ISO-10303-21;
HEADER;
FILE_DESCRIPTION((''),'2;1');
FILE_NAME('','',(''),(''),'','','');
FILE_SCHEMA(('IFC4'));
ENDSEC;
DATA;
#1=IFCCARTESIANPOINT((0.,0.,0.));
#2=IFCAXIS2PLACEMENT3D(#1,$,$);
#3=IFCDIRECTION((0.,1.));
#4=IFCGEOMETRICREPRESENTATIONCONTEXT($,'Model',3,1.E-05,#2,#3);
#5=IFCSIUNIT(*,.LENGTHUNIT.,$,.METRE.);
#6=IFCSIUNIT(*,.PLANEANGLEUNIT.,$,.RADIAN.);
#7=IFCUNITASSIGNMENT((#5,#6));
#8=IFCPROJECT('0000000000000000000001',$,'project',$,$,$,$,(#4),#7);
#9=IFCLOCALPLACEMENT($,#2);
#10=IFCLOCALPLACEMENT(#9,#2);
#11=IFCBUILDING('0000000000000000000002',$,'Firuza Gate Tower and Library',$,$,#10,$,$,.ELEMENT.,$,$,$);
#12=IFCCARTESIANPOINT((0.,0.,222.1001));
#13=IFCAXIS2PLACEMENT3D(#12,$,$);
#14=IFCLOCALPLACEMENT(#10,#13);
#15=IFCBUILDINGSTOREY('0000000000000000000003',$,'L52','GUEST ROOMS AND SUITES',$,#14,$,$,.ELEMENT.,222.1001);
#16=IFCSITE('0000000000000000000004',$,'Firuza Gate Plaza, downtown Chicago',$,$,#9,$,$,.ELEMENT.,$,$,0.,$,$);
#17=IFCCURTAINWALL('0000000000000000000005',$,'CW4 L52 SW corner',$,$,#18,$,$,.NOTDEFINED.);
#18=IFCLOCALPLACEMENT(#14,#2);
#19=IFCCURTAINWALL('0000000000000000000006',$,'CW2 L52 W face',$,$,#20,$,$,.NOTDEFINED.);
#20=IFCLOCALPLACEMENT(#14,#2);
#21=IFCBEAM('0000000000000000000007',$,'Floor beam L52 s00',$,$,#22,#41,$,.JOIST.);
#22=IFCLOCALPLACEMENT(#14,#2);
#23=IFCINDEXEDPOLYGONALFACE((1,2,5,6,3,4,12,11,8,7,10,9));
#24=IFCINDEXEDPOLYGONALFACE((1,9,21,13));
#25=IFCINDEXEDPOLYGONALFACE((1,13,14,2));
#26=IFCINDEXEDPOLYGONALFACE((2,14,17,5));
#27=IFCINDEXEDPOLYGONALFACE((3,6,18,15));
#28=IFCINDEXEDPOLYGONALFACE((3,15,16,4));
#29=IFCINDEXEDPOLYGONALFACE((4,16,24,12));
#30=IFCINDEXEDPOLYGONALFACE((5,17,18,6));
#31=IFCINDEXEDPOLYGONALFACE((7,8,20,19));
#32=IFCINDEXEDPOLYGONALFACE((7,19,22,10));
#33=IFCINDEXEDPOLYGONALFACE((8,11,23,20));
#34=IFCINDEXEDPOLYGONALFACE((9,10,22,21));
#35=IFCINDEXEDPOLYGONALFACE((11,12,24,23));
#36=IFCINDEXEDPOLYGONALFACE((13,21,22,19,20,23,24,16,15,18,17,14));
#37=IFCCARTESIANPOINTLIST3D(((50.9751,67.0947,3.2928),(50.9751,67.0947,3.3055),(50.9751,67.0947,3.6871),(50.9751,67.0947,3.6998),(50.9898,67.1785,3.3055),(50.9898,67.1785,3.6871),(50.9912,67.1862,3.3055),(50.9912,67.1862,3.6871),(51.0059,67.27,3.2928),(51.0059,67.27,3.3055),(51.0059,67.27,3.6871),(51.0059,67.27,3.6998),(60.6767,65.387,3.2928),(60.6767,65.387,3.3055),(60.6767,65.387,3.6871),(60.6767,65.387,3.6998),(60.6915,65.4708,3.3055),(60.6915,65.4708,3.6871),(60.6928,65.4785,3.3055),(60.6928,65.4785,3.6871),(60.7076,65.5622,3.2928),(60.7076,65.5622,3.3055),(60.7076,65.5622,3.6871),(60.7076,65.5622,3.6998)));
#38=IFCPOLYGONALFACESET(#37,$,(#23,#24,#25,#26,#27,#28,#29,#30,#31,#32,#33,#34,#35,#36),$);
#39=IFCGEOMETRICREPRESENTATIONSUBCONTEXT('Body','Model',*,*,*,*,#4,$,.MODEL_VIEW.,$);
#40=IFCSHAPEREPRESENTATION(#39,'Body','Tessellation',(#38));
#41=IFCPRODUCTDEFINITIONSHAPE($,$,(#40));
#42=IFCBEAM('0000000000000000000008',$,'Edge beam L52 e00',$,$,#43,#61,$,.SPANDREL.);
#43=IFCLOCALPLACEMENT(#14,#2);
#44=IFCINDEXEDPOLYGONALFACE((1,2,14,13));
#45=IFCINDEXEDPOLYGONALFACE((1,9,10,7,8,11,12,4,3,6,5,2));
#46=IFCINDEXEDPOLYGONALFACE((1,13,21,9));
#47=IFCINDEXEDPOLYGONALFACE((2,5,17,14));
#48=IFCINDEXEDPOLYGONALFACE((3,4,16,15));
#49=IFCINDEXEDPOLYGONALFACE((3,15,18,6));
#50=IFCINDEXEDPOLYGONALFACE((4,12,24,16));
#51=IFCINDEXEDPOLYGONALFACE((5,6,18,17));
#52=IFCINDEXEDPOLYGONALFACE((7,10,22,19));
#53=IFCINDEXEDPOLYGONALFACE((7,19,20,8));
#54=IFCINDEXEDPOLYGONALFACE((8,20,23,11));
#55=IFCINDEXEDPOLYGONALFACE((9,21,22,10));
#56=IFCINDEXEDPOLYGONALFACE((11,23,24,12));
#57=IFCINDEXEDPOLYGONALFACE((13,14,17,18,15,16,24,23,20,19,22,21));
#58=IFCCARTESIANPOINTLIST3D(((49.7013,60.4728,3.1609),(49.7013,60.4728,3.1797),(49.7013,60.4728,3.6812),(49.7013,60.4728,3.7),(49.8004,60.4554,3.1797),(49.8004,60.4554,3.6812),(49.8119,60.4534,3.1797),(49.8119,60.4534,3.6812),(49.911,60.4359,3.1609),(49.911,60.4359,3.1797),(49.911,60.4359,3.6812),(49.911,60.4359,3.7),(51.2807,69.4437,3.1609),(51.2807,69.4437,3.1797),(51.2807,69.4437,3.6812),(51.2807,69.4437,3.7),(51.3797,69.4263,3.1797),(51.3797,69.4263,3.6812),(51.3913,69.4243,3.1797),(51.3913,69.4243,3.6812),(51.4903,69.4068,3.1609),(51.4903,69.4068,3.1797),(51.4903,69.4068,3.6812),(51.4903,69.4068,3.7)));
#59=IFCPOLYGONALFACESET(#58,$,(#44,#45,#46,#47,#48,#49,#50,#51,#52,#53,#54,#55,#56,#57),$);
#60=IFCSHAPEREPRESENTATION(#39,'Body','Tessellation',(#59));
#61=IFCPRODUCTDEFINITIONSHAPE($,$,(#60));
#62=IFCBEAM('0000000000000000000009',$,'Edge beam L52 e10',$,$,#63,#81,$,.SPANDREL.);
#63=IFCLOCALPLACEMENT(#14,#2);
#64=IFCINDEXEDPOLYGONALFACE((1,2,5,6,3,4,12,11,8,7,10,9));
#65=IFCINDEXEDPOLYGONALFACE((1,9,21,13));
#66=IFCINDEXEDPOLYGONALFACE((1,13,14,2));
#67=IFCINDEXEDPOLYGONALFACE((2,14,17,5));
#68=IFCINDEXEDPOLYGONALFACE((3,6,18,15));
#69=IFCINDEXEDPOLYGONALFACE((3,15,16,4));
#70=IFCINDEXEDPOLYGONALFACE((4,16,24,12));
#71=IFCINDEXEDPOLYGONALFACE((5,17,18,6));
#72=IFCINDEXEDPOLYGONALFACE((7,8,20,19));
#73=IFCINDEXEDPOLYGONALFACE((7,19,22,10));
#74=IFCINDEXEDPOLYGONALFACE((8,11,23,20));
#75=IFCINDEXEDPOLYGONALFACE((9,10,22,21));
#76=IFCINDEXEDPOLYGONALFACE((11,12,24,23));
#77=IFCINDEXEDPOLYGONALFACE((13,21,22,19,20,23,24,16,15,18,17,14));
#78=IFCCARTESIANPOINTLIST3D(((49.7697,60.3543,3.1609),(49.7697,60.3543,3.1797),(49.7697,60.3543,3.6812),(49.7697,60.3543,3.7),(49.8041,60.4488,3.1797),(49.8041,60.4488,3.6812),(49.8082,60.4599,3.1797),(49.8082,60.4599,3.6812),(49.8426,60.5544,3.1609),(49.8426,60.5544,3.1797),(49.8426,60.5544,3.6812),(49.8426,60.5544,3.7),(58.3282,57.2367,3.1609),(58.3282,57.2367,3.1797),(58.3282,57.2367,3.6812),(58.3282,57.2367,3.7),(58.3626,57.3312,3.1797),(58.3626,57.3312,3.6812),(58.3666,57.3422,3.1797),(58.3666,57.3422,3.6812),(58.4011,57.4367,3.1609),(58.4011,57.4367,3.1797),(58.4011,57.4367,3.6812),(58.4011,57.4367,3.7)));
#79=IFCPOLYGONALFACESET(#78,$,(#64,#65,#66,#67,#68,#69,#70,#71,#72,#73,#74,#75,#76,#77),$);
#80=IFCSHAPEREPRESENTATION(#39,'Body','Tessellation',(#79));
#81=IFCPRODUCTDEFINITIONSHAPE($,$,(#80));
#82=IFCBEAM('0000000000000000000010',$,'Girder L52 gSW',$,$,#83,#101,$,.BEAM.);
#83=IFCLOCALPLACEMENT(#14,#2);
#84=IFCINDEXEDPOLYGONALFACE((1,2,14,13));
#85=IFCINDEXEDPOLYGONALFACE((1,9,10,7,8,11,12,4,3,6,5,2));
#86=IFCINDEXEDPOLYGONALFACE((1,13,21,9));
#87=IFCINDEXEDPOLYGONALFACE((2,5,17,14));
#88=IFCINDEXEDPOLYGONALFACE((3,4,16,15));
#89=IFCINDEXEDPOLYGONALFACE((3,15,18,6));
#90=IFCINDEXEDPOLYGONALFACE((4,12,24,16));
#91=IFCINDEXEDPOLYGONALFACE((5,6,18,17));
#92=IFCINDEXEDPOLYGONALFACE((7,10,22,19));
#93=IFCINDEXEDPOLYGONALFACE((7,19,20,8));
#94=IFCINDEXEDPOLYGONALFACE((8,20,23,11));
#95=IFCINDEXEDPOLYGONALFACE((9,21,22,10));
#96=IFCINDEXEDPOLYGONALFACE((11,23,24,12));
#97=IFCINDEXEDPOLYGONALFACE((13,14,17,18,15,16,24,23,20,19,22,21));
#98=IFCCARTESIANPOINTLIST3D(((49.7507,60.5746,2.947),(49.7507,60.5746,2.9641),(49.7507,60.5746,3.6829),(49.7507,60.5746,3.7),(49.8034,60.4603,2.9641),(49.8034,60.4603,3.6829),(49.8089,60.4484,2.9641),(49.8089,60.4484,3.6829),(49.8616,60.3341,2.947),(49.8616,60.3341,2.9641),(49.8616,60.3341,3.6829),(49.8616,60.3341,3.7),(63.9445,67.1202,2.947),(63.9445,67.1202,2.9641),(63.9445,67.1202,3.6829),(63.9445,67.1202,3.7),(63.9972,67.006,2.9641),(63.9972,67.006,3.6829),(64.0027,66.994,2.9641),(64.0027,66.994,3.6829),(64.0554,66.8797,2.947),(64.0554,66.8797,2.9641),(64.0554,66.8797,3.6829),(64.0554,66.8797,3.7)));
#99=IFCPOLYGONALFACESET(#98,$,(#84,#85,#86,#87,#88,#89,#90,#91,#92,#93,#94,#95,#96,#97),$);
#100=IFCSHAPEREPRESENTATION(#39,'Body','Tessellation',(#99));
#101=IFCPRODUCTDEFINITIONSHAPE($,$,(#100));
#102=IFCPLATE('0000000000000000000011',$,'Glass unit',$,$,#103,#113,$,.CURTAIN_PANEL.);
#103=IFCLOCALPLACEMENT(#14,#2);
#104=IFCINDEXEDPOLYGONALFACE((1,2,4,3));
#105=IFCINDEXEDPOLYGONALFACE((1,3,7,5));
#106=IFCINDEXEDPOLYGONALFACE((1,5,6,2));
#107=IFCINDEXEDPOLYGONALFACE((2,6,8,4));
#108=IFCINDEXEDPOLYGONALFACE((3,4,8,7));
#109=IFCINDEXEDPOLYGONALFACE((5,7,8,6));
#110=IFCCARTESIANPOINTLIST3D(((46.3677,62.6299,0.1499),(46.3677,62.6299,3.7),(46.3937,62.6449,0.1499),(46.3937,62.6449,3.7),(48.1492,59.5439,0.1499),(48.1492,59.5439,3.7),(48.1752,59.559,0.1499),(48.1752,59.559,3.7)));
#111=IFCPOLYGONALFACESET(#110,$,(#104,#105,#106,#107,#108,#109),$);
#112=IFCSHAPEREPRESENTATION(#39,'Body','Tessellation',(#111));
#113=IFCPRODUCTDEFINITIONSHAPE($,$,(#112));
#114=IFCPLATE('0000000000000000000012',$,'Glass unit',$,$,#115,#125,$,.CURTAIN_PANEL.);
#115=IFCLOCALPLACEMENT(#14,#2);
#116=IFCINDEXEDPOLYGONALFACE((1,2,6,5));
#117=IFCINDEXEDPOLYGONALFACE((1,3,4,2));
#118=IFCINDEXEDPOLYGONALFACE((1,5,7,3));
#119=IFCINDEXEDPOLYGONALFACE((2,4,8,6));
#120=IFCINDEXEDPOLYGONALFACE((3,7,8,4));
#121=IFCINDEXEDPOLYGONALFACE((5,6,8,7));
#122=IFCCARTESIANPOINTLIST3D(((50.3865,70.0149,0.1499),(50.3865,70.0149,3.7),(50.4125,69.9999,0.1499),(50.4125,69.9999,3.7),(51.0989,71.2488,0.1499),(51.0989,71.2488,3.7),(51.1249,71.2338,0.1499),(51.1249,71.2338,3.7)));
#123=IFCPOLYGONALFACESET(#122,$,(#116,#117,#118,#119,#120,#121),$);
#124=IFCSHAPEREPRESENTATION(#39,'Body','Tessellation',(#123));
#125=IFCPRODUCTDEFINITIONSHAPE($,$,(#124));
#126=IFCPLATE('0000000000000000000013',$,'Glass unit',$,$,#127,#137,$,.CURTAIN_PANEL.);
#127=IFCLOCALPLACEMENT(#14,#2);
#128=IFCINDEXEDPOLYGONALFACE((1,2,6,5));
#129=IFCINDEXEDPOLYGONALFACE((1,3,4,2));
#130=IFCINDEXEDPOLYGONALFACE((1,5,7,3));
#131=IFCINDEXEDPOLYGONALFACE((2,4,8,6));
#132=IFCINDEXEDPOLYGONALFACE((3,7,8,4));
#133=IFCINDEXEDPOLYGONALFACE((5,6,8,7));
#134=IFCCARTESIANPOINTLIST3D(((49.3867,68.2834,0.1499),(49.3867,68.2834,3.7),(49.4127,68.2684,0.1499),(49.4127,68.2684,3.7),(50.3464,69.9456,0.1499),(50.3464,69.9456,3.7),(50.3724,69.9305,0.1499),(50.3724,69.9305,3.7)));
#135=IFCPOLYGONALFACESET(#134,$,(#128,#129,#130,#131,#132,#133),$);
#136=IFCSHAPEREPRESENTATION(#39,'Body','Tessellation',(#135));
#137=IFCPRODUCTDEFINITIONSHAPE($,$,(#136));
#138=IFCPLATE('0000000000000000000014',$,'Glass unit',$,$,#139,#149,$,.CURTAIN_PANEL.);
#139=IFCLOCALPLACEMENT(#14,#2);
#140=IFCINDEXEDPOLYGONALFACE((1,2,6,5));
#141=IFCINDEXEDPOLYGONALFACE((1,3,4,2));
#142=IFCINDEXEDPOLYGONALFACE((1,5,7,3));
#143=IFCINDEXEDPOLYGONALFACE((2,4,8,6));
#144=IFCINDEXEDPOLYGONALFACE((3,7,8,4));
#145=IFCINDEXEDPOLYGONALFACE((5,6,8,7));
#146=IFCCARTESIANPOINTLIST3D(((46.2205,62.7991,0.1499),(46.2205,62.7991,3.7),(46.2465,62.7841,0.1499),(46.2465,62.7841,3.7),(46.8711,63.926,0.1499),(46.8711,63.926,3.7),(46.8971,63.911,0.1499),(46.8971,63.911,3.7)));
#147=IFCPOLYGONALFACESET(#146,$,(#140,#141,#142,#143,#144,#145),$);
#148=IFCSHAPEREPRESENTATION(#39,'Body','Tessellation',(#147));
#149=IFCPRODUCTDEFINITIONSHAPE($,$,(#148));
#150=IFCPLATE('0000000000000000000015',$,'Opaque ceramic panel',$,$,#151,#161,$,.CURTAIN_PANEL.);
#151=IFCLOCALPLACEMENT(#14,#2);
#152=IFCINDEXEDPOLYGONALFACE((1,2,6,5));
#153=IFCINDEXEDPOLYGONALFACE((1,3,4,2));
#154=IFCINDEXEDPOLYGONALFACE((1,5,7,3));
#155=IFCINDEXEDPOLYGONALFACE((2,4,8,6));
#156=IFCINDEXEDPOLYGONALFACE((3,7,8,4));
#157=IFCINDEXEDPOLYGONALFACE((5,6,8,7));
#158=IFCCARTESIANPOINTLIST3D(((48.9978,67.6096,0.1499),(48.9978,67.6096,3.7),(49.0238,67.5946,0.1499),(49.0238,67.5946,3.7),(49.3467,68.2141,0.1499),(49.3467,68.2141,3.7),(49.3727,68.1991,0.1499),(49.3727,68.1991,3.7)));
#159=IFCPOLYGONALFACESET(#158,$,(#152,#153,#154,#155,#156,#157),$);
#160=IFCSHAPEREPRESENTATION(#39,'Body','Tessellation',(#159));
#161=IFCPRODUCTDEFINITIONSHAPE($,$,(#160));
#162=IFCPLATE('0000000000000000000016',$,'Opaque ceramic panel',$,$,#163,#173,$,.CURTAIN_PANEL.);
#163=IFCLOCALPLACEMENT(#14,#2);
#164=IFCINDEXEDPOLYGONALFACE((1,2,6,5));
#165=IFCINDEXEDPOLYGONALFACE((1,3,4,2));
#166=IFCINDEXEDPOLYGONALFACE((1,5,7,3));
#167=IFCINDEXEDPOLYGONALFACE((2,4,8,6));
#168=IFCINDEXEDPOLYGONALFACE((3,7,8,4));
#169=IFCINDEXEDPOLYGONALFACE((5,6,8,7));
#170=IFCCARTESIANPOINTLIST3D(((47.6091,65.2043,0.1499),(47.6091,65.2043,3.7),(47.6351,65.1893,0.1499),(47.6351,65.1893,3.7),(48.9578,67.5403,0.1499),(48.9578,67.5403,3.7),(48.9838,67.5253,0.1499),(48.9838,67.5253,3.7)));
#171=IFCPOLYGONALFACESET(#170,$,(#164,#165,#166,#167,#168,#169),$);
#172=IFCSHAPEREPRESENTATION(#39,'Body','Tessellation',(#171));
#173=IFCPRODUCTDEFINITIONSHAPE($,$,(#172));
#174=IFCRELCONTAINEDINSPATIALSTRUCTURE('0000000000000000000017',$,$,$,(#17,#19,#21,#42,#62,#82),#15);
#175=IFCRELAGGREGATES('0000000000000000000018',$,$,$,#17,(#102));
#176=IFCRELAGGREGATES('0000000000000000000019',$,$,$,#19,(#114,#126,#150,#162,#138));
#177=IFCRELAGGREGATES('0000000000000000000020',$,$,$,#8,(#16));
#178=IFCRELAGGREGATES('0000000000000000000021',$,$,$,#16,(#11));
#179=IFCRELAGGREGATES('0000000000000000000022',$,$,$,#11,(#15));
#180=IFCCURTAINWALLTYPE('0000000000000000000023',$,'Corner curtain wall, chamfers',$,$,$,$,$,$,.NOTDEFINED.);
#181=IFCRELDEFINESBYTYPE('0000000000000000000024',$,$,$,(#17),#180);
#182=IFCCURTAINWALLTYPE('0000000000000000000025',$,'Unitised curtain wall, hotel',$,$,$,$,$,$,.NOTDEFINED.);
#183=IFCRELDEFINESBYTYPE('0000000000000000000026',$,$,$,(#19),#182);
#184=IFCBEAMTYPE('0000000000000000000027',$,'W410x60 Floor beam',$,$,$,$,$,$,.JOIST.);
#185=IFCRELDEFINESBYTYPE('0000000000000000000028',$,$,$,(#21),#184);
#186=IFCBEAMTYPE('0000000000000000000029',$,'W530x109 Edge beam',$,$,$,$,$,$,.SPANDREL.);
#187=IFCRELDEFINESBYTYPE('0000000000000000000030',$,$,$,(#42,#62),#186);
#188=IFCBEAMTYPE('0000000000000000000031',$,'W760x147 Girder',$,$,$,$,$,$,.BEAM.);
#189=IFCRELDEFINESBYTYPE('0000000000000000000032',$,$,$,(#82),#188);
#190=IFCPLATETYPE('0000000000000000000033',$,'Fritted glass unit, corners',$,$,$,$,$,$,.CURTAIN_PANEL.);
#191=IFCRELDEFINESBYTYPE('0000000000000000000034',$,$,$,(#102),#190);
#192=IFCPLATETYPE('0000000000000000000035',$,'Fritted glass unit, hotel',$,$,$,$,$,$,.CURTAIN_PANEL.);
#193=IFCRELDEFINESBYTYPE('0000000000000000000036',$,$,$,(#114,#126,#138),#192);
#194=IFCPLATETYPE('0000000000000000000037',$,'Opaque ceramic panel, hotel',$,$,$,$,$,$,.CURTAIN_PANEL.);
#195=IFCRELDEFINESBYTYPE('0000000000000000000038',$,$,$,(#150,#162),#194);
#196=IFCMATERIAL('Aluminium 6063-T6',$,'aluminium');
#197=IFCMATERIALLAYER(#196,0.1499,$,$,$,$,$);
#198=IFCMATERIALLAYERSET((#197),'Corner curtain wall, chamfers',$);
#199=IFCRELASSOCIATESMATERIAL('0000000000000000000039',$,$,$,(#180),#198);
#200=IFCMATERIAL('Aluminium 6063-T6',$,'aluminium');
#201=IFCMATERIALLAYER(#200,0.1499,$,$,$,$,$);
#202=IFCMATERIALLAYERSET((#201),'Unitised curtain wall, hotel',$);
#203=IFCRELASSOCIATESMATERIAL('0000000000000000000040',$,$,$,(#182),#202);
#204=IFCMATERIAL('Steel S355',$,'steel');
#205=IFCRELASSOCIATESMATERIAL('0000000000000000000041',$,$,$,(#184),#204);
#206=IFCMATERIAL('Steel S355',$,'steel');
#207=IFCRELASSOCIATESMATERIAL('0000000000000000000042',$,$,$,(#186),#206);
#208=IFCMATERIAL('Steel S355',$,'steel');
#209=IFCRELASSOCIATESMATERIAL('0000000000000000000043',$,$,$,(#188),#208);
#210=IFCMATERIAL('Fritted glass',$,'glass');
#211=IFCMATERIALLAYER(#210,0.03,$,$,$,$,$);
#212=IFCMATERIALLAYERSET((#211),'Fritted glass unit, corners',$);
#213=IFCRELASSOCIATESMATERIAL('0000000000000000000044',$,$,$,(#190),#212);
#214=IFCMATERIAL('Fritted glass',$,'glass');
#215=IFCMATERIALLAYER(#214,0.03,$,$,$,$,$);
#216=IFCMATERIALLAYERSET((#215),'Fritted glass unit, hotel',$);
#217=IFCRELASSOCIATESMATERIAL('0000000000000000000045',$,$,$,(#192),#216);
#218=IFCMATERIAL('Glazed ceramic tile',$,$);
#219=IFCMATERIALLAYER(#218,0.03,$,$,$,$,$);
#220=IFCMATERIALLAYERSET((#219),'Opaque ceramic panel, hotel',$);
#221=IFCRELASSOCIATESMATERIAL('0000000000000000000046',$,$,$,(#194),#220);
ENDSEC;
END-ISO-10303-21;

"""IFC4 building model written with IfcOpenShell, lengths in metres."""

from ifc_helpers import new_model, si_unit, direction, frame, origin, origin_2d, place, context, subcontext, project, spatial, polyline, i_section, outline, extrude, material, layer, layer_set, material_profile, profile_set, type_object, element, aggregate, save


model = new_model("IFC4")

# Units and contexts
model_context = context("Model", 3, precision=1e-05, world=origin(), true_north=direction((0.0, 1.0)))
body_context = subcontext(model_context, "Body", "Model", "MODEL_VIEW")
ifc_project = project(units=[si_unit("LENGTHUNIT", "METRE"), si_unit("PLANEANGLEUNIT", "RADIAN")], contexts=[model_context])

# Site, building, storey
site_placement = place(None, origin())
site = spatial("IfcSite", under=ifc_project, at=site_placement, Name="Firuza Gate Plaza, downtown Chicago", CompositionType="ELEMENT", RefElevation=0.0)
building_placement = place(site_placement, origin())
building = spatial("IfcBuilding", under=site, at=building_placement, Name="Firuza Gate Tower and Library", CompositionType="ELEMENT")
storey_placement = place(building_placement, frame((0.0, 0.0, 222.1001)))
storey = spatial("IfcBuildingStorey", under=building, at=storey_placement, Name="L52", Description="GUEST ROOMS AND SUITES", CompositionType="ELEMENT", Elevation=222.1001)

# Curtain wall
ifc_material_1 = material(Name="Aluminium 6063-T6", Category="aluminium")
ifc_layer_1 = layer(ifc_material_1, 0.1499)
ifc_layer_set_1 = layer_set([ifc_layer_1], Name="Corner curtain wall, chamfers")
curtain_wall_type_1 = type_object("IfcCurtainWallType", Name="Corner curtain wall, chamfers", PredefinedType="NOTDEFINED", material=ifc_layer_set_1)
placement = place(storey_placement, origin())
curtain_wall_1 = element("IfcCurtainWall", 1, at=placement, inside=storey, type_object=curtain_wall_type_1, Name="CW4 L52 SW corner", PredefinedType="NOTDEFINED")

# Curtain wall
ifc_material_2 = material(Name="Aluminium 6063-T6", Category="aluminium")
ifc_layer_2 = layer(ifc_material_2, 0.1499)
ifc_layer_set_2 = layer_set([ifc_layer_2], Name="Unitised curtain wall, hotel")
curtain_wall_type_2 = type_object("IfcCurtainWallType", Name="Unitised curtain wall, hotel", PredefinedType="NOTDEFINED", material=ifc_layer_set_2)
curtain_wall_2 = element("IfcCurtainWall", 2, at=placement, inside=storey, type_object=curtain_wall_type_2, Name="CW2 L52 W face", PredefinedType="NOTDEFINED")

# Beams
ifc_material_3 = material(Name="Steel S355", Category="steel")
ifc_material_profile_1 = material_profile(ifc_material_3, i_section(OverallWidth=0.178, OverallDepth=0.407, WebThickness=0.0078, FlangeThickness=0.0127, at=origin_2d()))
ifc_profile_set_1 = profile_set([ifc_material_profile_1], Name="Steel S355")
beam_type_1 = type_object("IfcBeamType", Name="W410x60 Floor beam", PredefinedType="JOIST", material=ifc_profile_set_1)
beam_1_placement = place(storey_placement, frame((50.9905, 67.1824, 3.4963), z_axis=(0.984858, -0.173363, 0.0), x_axis=(0.173363, 0.984858, 0.0)))
element("IfcBeam", 3, at=beam_1_placement, inside=storey, type_object=beam_type_1, Name="Floor beam L52 s00", PredefinedType="JOIST", context=body_context, shape_type="SweptSolid", body=[
    extrude(i_section(OverallWidth=0.178, OverallDepth=0.407, WebThickness=0.0078, FlangeThickness=0.0127, at=origin_2d()), origin(), (0.0, 0.0, 1.0), 9.8508),
])
ifc_material_4 = material(Name="Steel S355", Category="steel")
ifc_material_profile_2 = material_profile(ifc_material_4, i_section(OverallWidth=0.2129, OverallDepth=0.5391, WebThickness=0.0117, FlangeThickness=0.0188, at=origin_2d()))
ifc_profile_set_2 = profile_set([ifc_material_profile_2], Name="Steel S355")
beam_type_2 = type_object("IfcBeamType", Name="W530x109 Edge beam", PredefinedType="SPANDREL", material=ifc_profile_set_2)
beam_2_placement = place(storey_placement, frame((51.3855, 69.4253, 3.4304), z_axis=(-0.173385, -0.984854, 0.0), x_axis=(0.984854, -0.173385, 0.0)))
element("IfcBeam", 4, at=beam_2_placement, inside=storey, type_object=beam_type_2, Name="Edge beam L52 e00", PredefinedType="SPANDREL", context=body_context, shape_type="SweptSolid", body=[
    extrude(i_section(OverallWidth=0.2129, OverallDepth=0.5391, WebThickness=0.0117, FlangeThickness=0.0188, at=origin_2d()), origin(), (0.0, 0.0, 1.0), 9.1089),
])
beam_3_placement = place(storey_placement, frame((49.8062, 60.4543, 3.4304), z_axis=(0.939601, -0.342272, 0.0), x_axis=(0.342272, 0.939601, 0.0)))
element("IfcBeam", 5, at=beam_3_placement, inside=storey, type_object=beam_type_2, Name="Edge beam L52 e10", PredefinedType="SPANDREL", context=body_context, shape_type="SweptSolid", body=[
    extrude(i_section(OverallWidth=0.2129, OverallDepth=0.5391, WebThickness=0.0117, FlangeThickness=0.0188, at=origin_2d()), origin(), (0.0, 0.0, 1.0), 9.1086),
])
ifc_material_5 = material(Name="Steel S355", Category="steel")
ifc_material_profile_3 = material_profile(ifc_material_5, i_section(OverallWidth=0.2649, OverallDepth=0.7529, WebThickness=0.0132, FlangeThickness=0.0171, at=origin_2d()))
ifc_profile_set_3 = profile_set([ifc_material_profile_3], Name="Steel S355")
beam_type_3 = type_object("IfcBeamType", Name="W760x147 Girder", PredefinedType="BEAM", material=ifc_profile_set_3)
beam_4_placement = place(storey_placement, frame((49.8062, 60.4543, 3.3235), z_axis=(0.90809, 0.418776, 0.0), x_axis=(-0.418776, 0.90809, 0.0)))
element("IfcBeam", 6, at=beam_4_placement, inside=storey, type_object=beam_type_3, Name="Girder L52 gSW", PredefinedType="BEAM", context=body_context, shape_type="SweptSolid", body=[
    extrude(i_section(OverallWidth=0.2649, OverallDepth=0.7529, WebThickness=0.0132, FlangeThickness=0.0171, at=origin_2d()), origin(), (0.0, 0.0, 1.0), 15.6304),
])

# Plates
ifc_material_6 = material(Name="Fritted glass", Category="glass")
ifc_layer_3 = layer(ifc_material_6, 0.03)
ifc_layer_set_3 = layer_set([ifc_layer_3], Name="Fritted glass unit, corners")
plate_type_1 = type_object("IfcPlateType", Name="Fritted glass unit, corners", PredefinedType="CURTAIN_PANEL", material=ifc_layer_set_3)
plate_1_placement = place(storey_placement, frame((46.3677, 62.6299, 0.1499), z_axis=(-0.866046, -0.499964, 0.0), x_axis=(0.499964, -0.866046, 0.0)))
plate_1 = element("IfcPlate", 7, at=plate_1_placement, type_object=plate_type_1, Name="Glass unit", PredefinedType="CURTAIN_PANEL", context=body_context, shape_type="SweptSolid", body=[
    extrude(outline(polyline([(0.0, 0.0), (3.5632, 0.0), (3.5632, 3.55), (0.0, 3.55), (0.0, 0.0)])), origin(), (0.0, 0.0, -1.0), 0.03),
])
aggregate(curtain_wall_1, [plate_1])
ifc_material_7 = material(Name="Fritted glass", Category="glass")
ifc_layer_4 = layer(ifc_material_7, 0.03)
ifc_layer_set_4 = layer_set([ifc_layer_4], Name="Fritted glass unit, hotel")
plate_type_2 = type_object("IfcPlateType", Name="Fritted glass unit, hotel", PredefinedType="CURTAIN_PANEL", material=ifc_layer_set_4)
plate_2_placement = place(storey_placement, frame((51.0989, 71.2488, 0.1499), z_axis=(-0.86602, 0.500009, 0.0), x_axis=(-0.500009, -0.86602, 0.0)))
plate_2 = element("IfcPlate", 8, at=plate_2_placement, type_object=plate_type_2, Name="Glass unit", PredefinedType="CURTAIN_PANEL", context=body_context, shape_type="SweptSolid", body=[
    extrude(outline(polyline([(0.0, 0.0), (1.4248, 0.0), (1.4248, 3.55), (0.0, 3.55), (0.0, 0.0)])), origin(), (0.0, 0.0, -1.0), 0.03),
])
plate_3_placement = place(storey_placement, frame((50.3464, 69.9456, 0.1499), z_axis=(-0.866003, 0.500038, 0.0), x_axis=(-0.500038, -0.866003, 0.0)))
plate_3 = element("IfcPlate", 9, at=plate_3_placement, type_object=plate_type_2, Name="Glass unit", PredefinedType="CURTAIN_PANEL", context=body_context, shape_type="SweptSolid", body=[
    extrude(outline(polyline([(0.0, 0.0), (1.9193, 0.0), (1.9193, 3.55), (0.0, 3.55), (0.0, 0.0)])), origin(), (0.0, 0.0, -1.0), 0.03),
])
plate_4_placement = place(storey_placement, frame((46.8711, 63.926, 0.1499), z_axis=(-0.866029, 0.499993, 0.0), x_axis=(-0.499993, -0.866029, 0.0)))
plate_4 = element("IfcPlate", 10, at=plate_4_placement, type_object=plate_type_2, Name="Glass unit", PredefinedType="CURTAIN_PANEL", context=body_context, shape_type="SweptSolid", body=[
    extrude(outline(polyline([(0.0, 0.0), (1.3013, 0.0), (1.3013, 3.55), (0.0, 3.55), (0.0, 0.0)])), origin(), (0.0, 0.0, -1.0), 0.03),
])
ifc_material_8 = material(Name="Glazed ceramic tile")
ifc_layer_5 = layer(ifc_material_8, 0.03)
ifc_layer_set_5 = layer_set([ifc_layer_5], Name="Opaque ceramic panel, hotel")
plate_type_3 = type_object("IfcPlateType", Name="Opaque ceramic panel, hotel", PredefinedType="CURTAIN_PANEL", material=ifc_layer_set_5)
plate_5_placement = place(storey_placement, frame((49.3467, 68.2141, 0.1499), z_axis=(-0.866104, 0.499864, 0.0), x_axis=(-0.499864, -0.866104, 0.0)))
plate_5 = element("IfcPlate", 11, at=plate_5_placement, type_object=plate_type_3, Name="Opaque ceramic panel", PredefinedType="CURTAIN_PANEL", context=body_context, shape_type="SweptSolid", body=[
    extrude(outline(polyline([(0.0, 0.0), (0.6979, 0.0), (0.6979, 3.55), (0.0, 3.55), (0.0, 0.0)])), origin(), (0.0, 0.0, -1.0), 0.03),
])
plate_6_placement = place(storey_placement, frame((48.9578, 67.5403, 0.1499), z_axis=(-0.866029, 0.499994, 0.0), x_axis=(-0.499994, -0.866029, 0.0)))
plate_6 = element("IfcPlate", 12, at=plate_6_placement, type_object=plate_type_3, Name="Opaque ceramic panel", PredefinedType="CURTAIN_PANEL", context=body_context, shape_type="SweptSolid", body=[
    extrude(outline(polyline([(0.0, 0.0), (2.6973, 0.0), (2.6973, 3.55), (0.0, 3.55), (0.0, 0.0)])), origin(), (0.0, 0.0, -1.0), 0.03),
])
aggregate(curtain_wall_2, [plate_2, plate_3, plate_5, plate_6, plate_4])

save(model, "model.ifc")
